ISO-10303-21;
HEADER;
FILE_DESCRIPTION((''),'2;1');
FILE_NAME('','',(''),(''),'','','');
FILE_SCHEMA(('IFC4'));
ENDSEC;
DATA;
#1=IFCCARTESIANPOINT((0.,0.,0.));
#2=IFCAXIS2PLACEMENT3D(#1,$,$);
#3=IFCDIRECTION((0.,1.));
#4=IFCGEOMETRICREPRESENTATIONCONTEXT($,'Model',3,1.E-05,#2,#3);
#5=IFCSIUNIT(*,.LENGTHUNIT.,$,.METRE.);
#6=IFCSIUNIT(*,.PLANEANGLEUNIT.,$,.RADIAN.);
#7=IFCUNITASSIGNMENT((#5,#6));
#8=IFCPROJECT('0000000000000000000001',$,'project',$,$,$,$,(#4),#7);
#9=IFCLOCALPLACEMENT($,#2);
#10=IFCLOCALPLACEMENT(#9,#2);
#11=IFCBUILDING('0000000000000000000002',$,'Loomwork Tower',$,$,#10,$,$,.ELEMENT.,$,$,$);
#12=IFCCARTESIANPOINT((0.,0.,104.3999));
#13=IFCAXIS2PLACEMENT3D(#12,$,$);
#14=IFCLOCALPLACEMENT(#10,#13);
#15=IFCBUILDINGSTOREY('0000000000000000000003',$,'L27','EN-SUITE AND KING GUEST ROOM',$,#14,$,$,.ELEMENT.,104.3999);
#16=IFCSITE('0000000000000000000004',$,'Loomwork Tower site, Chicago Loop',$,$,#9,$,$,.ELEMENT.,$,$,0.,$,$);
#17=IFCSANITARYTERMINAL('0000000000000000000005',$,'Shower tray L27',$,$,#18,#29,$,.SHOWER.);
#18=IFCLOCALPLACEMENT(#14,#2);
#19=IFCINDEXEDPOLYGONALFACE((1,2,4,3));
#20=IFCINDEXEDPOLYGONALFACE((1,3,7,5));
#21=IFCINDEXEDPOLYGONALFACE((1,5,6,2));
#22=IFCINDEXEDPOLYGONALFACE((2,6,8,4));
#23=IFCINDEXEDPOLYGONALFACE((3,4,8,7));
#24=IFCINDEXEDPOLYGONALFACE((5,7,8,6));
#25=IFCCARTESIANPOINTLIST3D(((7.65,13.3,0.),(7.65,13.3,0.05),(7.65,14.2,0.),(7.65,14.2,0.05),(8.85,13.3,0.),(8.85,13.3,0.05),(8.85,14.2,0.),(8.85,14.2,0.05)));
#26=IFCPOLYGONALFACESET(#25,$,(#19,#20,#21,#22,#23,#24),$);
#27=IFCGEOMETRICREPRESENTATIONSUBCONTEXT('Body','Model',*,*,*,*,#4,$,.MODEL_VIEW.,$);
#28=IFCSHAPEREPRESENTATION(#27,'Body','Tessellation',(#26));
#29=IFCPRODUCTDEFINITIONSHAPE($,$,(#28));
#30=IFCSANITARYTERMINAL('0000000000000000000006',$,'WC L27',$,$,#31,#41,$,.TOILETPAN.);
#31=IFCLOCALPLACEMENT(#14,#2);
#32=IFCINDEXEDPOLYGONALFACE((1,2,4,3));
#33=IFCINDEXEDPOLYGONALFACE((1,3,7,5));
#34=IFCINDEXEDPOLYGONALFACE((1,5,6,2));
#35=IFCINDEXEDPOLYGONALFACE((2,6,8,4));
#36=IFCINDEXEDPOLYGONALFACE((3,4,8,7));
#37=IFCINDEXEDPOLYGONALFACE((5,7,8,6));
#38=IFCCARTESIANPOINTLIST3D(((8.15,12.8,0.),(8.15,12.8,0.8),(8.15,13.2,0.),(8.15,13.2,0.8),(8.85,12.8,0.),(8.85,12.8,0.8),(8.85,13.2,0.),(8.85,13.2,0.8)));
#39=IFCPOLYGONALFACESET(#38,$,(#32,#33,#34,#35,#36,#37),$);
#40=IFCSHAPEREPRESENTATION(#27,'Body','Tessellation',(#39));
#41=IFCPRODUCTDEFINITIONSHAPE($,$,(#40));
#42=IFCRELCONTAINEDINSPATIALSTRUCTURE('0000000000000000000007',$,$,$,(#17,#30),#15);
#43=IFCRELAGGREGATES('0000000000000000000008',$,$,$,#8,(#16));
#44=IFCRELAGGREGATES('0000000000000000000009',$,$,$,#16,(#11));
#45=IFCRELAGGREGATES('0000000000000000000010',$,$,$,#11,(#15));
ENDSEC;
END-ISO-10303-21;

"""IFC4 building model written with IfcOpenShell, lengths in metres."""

from ifc_helpers import new_model, si_unit, direction, frame, origin, origin_2d, place, context, subcontext, project, spatial, rectangle, extrude, element, save


model = new_model("IFC4")

# Units and contexts
model_context = context("Model", 3, precision=1e-05, world=origin(), true_north=direction((0.0, 1.0)))
body_context = subcontext(model_context, "Body", "Model", "MODEL_VIEW")
ifc_project = project(units=[si_unit("LENGTHUNIT", "METRE"), si_unit("PLANEANGLEUNIT", "RADIAN")], contexts=[model_context])

# Site, building, storey
site_placement = place(None, origin())
site = spatial("IfcSite", under=ifc_project, at=site_placement, Name="Loomwork Tower site, Chicago Loop", CompositionType="ELEMENT", RefElevation=0.0)
building_placement = place(site_placement, origin())
building = spatial("IfcBuilding", under=site, at=building_placement, Name="Loomwork Tower", CompositionType="ELEMENT")
storey_placement = place(building_placement, frame((0.0, 0.0, 104.3999)))
storey = spatial("IfcBuildingStorey", under=building, at=storey_placement, Name="L27", Description="EN-SUITE AND KING GUEST ROOM", CompositionType="ELEMENT", Elevation=104.3999)

# Sanitary terminals
sanitary_terminal_1_placement = place(storey_placement, frame((8.25, 13.75, 0.0), z_axis=(0.0, 0.0, 1.0), x_axis=(1.0, 0.0, 0.0)))
element("IfcSanitaryTerminal", 1, at=sanitary_terminal_1_placement, inside=storey, Name="Shower tray L27", PredefinedType="SHOWER", context=body_context, shape_type="SweptSolid", body=[
    extrude(rectangle(XDim=1.2, YDim=0.8999, at=origin_2d()), origin(), (0.0, 0.0, 1.0), 0.05),
])
sanitary_terminal_2_placement = place(storey_placement, frame((8.5, 13.0, 0.0), z_axis=(0.0, 0.0, 1.0), x_axis=(1.0, 0.0, 0.0)))
element("IfcSanitaryTerminal", 2, at=sanitary_terminal_2_placement, inside=storey, Name="WC L27", PredefinedType="TOILETPAN", context=body_context, shape_type="SweptSolid", body=[
    extrude(rectangle(XDim=0.7, YDim=0.3999, at=origin_2d()), origin(), (0.0, 0.0, 1.0), 0.8),
])

save(model, "model.ifc")
